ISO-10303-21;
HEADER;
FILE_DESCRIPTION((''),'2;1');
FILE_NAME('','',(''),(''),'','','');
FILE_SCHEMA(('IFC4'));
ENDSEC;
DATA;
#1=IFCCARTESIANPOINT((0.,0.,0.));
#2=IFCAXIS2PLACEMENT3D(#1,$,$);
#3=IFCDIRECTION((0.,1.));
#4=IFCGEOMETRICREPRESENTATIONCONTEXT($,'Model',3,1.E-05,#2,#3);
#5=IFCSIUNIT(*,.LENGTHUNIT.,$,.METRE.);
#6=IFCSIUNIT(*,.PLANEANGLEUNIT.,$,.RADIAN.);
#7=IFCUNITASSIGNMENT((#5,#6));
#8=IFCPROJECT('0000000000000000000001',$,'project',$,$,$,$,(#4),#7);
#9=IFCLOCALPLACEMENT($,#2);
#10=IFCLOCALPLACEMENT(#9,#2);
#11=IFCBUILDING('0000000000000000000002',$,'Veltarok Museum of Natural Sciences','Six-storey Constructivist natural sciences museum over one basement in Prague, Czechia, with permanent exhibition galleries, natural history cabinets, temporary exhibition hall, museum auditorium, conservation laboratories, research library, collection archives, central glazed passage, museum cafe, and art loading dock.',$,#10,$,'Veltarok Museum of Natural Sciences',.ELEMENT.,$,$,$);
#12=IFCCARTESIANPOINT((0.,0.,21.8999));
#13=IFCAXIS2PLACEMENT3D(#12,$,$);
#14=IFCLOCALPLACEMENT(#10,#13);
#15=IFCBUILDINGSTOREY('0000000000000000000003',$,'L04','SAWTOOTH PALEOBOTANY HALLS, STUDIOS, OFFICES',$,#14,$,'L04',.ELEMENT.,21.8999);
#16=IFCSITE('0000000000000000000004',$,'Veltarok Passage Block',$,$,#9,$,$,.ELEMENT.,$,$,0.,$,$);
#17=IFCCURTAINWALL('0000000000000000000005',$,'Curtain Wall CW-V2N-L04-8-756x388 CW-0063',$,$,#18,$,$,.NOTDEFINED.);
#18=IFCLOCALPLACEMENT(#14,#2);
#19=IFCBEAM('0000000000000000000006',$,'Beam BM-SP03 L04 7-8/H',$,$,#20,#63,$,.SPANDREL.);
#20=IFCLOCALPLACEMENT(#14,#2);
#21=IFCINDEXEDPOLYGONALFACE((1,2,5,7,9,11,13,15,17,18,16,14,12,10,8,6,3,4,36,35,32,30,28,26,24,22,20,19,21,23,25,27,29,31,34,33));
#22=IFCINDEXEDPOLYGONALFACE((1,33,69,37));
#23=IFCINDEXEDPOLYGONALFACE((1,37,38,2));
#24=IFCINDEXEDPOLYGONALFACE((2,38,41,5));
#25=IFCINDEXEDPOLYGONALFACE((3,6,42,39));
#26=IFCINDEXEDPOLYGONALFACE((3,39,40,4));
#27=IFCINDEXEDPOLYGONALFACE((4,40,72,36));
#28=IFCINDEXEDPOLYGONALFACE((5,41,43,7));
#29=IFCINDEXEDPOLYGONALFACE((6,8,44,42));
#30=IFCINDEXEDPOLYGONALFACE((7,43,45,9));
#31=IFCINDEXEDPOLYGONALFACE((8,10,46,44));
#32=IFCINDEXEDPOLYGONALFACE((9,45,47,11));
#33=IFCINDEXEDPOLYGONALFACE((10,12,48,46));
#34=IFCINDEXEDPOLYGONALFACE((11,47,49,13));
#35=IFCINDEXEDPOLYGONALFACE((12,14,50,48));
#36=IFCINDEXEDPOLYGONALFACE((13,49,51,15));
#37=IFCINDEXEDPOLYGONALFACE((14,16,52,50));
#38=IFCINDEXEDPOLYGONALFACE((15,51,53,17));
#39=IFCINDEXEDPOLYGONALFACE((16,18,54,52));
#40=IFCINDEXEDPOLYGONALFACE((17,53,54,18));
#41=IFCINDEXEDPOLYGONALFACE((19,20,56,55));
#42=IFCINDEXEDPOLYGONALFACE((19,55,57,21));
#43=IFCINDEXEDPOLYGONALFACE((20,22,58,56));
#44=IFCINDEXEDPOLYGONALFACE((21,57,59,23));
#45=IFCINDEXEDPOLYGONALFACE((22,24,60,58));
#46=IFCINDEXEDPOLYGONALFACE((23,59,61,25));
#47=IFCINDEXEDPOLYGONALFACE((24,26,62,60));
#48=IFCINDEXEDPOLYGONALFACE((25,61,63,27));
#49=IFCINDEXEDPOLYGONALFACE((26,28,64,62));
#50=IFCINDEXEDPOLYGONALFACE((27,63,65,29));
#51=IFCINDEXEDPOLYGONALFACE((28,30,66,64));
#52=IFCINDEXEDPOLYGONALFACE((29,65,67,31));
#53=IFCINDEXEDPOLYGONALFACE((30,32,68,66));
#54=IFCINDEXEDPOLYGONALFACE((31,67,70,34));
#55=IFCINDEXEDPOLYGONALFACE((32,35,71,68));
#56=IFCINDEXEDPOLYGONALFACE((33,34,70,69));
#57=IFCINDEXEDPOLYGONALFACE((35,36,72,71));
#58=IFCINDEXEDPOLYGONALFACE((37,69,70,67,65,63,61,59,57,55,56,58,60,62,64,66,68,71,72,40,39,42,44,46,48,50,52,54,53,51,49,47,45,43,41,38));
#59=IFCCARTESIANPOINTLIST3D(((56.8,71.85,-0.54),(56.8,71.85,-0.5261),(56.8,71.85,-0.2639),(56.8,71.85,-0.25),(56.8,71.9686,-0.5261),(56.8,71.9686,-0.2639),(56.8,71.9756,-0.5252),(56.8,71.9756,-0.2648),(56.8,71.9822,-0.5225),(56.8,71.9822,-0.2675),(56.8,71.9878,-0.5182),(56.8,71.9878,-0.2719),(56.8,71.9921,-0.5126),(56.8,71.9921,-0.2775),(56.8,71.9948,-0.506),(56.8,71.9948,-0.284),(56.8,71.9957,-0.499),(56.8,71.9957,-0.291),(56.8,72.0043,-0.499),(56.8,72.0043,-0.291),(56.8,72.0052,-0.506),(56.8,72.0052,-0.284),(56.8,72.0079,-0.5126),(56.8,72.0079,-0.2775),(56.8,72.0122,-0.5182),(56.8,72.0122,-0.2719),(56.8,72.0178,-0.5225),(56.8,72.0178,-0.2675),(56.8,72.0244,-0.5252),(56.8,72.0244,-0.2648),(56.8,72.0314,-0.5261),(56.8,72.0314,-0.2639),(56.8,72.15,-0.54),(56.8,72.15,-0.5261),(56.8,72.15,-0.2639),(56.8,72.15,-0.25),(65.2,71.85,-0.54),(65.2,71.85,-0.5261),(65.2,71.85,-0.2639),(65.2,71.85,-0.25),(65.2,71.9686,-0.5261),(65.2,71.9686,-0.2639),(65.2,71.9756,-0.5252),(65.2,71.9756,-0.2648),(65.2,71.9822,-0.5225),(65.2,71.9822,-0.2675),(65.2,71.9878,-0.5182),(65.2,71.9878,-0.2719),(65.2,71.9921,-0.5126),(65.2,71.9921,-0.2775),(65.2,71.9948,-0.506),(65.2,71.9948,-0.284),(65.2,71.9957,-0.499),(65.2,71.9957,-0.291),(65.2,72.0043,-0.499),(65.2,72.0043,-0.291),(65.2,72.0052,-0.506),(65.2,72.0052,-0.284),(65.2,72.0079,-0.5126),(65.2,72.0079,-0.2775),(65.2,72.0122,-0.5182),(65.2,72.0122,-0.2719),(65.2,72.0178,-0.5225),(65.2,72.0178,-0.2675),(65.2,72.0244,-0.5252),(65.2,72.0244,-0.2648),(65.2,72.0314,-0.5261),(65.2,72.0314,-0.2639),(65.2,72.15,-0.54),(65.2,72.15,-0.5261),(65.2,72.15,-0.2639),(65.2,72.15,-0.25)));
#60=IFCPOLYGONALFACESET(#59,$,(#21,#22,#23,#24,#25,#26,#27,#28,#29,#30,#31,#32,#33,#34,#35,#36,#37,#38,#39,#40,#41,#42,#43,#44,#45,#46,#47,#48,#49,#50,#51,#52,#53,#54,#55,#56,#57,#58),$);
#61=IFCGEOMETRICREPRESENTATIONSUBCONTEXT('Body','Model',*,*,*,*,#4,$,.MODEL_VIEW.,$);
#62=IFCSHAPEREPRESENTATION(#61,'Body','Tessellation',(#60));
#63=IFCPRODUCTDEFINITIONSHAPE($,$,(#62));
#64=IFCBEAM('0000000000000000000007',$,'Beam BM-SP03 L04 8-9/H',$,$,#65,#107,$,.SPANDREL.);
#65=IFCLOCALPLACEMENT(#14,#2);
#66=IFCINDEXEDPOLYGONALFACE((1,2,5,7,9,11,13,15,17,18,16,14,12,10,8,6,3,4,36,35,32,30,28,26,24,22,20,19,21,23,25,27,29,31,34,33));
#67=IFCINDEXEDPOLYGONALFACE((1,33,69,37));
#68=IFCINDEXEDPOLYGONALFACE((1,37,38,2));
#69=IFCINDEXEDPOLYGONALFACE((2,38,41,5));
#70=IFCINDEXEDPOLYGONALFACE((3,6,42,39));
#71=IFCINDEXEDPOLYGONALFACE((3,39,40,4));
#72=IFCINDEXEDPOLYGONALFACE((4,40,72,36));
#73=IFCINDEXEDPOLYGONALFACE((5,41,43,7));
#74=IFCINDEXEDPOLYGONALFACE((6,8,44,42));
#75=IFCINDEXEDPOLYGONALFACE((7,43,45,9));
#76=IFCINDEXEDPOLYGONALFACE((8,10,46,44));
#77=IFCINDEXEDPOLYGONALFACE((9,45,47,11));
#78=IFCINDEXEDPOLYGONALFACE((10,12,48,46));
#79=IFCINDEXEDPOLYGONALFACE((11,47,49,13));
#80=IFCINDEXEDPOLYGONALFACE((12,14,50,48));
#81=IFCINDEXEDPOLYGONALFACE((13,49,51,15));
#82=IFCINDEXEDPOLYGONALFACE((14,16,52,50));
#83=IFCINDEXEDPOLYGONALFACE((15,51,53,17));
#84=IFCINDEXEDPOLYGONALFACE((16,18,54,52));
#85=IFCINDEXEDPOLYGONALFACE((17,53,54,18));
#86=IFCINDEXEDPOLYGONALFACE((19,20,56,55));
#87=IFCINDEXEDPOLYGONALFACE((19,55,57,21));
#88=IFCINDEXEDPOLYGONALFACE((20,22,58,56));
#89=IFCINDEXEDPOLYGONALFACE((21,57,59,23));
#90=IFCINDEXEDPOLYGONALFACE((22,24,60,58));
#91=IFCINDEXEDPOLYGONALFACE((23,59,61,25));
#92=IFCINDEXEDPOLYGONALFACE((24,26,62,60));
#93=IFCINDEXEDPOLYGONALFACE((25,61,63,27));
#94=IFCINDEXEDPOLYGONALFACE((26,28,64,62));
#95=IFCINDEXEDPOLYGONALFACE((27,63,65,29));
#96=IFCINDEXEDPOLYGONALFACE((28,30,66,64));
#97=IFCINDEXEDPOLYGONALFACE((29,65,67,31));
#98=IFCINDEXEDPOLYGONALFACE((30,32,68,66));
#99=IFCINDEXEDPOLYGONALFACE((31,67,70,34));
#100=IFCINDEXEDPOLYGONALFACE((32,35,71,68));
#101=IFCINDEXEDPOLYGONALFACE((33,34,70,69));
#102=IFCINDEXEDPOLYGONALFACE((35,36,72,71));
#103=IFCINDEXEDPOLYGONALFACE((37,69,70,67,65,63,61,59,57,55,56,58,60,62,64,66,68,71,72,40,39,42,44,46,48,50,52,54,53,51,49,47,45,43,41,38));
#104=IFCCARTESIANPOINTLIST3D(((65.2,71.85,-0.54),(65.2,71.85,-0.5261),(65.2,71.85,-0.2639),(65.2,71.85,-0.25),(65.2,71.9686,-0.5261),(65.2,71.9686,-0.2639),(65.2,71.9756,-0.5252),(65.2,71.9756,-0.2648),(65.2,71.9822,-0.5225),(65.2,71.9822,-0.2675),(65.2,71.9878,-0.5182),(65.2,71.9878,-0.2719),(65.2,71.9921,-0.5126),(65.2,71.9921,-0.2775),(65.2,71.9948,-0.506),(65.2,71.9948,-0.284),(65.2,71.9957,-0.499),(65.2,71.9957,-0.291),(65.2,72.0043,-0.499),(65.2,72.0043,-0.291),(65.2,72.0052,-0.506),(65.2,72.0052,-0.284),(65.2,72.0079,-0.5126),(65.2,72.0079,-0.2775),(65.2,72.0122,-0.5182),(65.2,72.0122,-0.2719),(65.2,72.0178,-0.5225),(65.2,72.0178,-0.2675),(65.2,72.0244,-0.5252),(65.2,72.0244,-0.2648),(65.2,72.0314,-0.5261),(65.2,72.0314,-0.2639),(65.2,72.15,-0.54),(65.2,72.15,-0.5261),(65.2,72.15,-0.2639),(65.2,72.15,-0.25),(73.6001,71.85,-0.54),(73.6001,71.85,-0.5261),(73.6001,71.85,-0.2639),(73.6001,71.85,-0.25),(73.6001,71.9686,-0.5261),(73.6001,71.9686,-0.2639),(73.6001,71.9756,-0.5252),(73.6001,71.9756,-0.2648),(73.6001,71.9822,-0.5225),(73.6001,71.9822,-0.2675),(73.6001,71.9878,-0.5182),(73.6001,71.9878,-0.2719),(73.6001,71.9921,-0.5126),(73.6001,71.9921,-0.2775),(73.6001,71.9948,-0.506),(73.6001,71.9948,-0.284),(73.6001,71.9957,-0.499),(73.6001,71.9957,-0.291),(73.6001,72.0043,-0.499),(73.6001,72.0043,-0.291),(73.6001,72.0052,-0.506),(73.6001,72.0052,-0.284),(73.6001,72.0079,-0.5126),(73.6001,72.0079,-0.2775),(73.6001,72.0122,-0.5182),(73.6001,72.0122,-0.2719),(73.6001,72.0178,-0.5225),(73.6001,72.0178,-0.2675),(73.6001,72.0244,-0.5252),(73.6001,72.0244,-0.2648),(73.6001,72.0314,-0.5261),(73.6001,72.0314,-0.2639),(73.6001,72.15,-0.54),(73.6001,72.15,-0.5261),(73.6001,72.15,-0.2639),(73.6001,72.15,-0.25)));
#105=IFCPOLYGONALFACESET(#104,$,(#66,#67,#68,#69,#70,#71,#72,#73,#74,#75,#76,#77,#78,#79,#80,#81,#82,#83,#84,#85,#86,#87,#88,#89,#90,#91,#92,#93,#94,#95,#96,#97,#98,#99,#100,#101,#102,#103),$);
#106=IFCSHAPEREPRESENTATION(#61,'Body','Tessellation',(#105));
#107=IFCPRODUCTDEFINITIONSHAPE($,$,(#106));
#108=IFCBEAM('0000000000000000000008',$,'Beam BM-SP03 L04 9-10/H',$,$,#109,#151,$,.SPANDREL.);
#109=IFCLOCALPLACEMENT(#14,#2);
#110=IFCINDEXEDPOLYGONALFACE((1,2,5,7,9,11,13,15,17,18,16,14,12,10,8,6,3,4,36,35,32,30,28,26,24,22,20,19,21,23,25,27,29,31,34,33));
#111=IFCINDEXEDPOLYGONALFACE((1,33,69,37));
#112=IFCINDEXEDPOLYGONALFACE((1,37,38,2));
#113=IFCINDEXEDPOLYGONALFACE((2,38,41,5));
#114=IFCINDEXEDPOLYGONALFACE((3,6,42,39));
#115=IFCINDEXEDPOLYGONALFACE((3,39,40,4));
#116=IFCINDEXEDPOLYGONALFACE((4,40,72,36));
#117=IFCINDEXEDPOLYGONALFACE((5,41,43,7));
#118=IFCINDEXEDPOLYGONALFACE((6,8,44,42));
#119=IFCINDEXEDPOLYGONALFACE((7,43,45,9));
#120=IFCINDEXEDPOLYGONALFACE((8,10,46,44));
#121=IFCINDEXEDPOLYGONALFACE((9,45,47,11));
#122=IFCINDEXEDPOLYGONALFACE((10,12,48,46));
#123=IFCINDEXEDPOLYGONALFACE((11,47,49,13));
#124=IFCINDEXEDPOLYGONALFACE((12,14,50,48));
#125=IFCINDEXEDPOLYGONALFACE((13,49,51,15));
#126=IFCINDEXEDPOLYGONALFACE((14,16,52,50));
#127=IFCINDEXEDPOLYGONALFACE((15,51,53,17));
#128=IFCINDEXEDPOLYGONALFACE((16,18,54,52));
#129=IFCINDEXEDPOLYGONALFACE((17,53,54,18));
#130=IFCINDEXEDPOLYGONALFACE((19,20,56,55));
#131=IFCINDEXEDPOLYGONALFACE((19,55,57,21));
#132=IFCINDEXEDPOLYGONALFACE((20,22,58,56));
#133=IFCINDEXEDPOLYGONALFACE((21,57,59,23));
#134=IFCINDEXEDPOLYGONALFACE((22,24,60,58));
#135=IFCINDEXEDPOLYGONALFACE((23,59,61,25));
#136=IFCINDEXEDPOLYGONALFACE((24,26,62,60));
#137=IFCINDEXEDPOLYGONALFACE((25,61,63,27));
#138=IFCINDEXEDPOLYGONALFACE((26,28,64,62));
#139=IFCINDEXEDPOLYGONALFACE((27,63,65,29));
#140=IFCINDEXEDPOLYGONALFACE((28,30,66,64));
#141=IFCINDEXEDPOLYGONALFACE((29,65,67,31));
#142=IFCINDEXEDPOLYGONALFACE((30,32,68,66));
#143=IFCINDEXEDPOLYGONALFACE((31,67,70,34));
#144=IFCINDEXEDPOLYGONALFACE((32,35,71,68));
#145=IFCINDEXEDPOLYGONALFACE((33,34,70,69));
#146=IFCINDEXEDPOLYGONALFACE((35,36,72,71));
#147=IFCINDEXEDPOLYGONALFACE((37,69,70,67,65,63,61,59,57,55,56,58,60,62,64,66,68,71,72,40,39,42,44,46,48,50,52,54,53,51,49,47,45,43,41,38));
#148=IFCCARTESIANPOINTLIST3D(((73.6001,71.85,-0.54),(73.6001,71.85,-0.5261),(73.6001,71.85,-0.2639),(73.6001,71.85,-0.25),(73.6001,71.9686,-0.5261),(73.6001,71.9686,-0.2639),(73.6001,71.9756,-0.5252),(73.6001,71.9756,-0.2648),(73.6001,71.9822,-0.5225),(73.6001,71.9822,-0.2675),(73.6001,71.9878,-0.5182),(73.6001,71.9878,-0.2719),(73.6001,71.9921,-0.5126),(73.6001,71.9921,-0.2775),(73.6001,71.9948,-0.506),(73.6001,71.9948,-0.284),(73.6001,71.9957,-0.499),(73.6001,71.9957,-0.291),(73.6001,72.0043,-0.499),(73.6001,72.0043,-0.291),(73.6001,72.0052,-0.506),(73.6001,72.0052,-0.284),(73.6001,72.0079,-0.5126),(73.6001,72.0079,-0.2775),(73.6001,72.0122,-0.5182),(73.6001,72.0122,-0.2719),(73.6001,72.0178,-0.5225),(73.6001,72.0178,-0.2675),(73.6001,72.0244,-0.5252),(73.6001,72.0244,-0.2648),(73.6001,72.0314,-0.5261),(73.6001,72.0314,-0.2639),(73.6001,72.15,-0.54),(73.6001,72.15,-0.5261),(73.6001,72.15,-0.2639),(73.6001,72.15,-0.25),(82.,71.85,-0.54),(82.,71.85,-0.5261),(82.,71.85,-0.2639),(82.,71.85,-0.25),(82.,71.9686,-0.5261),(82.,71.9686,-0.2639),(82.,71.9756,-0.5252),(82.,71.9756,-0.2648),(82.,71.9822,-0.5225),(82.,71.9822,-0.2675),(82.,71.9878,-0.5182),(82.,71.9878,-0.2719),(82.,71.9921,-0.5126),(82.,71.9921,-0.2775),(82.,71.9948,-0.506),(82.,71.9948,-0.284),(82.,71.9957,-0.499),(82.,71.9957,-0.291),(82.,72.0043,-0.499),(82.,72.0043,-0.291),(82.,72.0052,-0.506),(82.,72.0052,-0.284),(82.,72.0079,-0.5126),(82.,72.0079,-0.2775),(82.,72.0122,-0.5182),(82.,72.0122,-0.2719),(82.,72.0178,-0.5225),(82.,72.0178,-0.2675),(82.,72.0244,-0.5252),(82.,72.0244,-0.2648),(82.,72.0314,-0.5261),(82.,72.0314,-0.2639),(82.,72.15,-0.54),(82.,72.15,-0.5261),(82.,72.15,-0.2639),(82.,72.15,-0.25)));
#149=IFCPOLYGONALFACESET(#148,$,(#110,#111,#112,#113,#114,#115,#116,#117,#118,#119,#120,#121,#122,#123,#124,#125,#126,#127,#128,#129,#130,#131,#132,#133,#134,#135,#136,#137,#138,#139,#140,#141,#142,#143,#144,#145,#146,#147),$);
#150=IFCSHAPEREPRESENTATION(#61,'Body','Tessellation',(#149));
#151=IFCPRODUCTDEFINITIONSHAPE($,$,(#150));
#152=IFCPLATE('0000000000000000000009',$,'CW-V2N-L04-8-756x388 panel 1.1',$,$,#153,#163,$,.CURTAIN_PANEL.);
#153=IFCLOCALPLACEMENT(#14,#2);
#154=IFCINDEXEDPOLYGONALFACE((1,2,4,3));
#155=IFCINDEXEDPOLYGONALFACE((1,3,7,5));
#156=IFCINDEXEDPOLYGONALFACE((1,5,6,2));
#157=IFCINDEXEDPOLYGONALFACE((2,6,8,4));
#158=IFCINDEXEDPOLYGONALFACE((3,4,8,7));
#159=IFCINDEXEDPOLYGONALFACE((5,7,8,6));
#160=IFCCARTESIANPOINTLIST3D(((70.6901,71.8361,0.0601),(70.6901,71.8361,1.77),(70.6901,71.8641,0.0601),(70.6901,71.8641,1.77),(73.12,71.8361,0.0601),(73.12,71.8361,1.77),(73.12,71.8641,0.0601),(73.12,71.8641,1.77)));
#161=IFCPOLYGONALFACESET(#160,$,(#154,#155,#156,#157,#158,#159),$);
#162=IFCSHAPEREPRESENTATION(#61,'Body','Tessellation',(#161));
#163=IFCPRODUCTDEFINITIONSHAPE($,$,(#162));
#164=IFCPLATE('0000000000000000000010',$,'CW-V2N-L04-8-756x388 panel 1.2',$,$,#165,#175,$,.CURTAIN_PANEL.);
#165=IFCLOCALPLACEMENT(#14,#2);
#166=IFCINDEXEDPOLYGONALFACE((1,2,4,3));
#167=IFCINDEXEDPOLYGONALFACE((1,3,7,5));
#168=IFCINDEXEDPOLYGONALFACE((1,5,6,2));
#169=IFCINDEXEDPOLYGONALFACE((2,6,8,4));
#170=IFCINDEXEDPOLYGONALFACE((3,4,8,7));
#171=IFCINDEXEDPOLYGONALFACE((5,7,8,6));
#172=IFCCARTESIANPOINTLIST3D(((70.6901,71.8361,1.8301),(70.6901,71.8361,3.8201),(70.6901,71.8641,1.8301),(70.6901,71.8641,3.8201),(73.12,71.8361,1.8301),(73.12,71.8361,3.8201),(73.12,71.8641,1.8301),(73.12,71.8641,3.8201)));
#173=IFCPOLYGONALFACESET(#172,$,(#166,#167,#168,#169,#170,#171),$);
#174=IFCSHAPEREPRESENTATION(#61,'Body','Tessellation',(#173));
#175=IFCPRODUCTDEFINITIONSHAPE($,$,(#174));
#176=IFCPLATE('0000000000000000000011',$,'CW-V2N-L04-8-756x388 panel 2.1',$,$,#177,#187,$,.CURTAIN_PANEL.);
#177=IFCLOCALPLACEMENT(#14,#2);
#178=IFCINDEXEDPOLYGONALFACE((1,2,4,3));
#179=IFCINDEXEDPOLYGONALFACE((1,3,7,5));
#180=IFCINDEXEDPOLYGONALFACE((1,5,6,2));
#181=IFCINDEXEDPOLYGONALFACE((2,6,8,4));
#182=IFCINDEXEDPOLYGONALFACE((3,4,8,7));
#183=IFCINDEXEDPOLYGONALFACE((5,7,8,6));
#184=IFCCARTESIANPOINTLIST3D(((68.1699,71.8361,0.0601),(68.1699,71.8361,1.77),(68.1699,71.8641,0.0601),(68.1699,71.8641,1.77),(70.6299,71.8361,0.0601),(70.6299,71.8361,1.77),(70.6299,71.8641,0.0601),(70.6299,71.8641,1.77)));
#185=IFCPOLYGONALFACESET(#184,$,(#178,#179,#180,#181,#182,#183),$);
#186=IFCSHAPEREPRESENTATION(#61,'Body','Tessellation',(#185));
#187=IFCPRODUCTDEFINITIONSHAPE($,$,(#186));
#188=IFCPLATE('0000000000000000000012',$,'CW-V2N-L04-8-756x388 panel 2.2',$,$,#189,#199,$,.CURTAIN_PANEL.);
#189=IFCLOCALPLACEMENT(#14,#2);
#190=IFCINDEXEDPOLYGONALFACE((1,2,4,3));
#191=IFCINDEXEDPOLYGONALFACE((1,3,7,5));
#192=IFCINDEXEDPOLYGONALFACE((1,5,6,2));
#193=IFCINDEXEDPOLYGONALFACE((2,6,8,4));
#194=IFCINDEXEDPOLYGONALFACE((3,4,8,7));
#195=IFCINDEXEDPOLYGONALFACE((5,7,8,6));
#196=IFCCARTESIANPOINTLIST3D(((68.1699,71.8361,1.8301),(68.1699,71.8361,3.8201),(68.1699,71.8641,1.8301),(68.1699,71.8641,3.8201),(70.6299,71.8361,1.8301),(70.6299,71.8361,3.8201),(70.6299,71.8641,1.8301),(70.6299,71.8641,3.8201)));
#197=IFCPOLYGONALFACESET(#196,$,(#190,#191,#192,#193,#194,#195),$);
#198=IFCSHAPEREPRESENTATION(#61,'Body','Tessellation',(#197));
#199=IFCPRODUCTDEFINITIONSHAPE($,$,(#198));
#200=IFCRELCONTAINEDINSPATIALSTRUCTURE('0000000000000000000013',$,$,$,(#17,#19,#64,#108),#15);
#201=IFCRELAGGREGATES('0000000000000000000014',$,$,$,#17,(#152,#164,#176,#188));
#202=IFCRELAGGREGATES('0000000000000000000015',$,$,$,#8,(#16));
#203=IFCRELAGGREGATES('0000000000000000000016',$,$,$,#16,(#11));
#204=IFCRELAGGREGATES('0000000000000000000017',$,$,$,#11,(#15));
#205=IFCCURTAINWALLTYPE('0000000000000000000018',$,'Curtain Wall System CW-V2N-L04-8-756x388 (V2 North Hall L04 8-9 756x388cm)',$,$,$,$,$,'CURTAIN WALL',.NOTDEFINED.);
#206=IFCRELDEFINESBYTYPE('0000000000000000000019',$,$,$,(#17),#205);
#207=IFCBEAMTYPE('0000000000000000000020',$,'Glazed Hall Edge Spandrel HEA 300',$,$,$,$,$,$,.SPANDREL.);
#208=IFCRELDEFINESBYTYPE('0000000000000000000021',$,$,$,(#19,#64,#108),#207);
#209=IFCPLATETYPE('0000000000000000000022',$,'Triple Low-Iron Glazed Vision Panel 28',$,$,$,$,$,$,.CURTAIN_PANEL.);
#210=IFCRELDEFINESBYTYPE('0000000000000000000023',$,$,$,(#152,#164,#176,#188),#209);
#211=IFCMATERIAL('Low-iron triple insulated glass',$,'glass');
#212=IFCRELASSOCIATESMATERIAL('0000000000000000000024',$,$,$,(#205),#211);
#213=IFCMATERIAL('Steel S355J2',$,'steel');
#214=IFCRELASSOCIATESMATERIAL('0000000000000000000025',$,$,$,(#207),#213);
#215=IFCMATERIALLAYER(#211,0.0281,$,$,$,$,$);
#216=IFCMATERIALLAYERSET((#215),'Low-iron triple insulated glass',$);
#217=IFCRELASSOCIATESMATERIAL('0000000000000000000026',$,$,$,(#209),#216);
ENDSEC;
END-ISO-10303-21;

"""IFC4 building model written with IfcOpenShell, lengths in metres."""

from ifc_helpers import new_model, si_unit, direction, frame, origin, origin_2d, place, context, subcontext, project, spatial, rectangle, i_section, extrude, material, layer, layer_set, material_profile, profile_set, type_object, element, aggregate, save


model = new_model("IFC4")

# Units and contexts
model_context = context("Model", 3, precision=1e-05, world=origin(), true_north=direction((0.0, 1.0)))
body_context = subcontext(model_context, "Body", "Model", "MODEL_VIEW")
ifc_project = project(units=[si_unit("LENGTHUNIT", "METRE"), si_unit("PLANEANGLEUNIT", "RADIAN")], contexts=[model_context])

# Site, building, storey
site_placement = place(None, origin())
site = spatial("IfcSite", under=ifc_project, at=site_placement, Name="Veltarok Passage Block", CompositionType="ELEMENT", RefElevation=0.0)
building_placement = place(site_placement, origin())
building = spatial("IfcBuilding", under=site, at=building_placement, Name="Veltarok Museum of Natural Sciences", Description="Six-storey Constructivist natural sciences museum over one basement in Prague, Czechia, with permanent exhibition galleries, natural history cabinets, temporary exhibition hall, museum auditorium, conservation laboratories, research library, collection archives, central glazed passage, museum cafe, and art loading dock.", LongName="Veltarok Museum of Natural Sciences", CompositionType="ELEMENT")
storey_placement = place(building_placement, frame((0.0, 0.0, 21.8999)))
storey = spatial("IfcBuildingStorey", under=building, at=storey_placement, Name="L04", Description="SAWTOOTH PALEOBOTANY HALLS, STUDIOS, OFFICES", LongName="L04", CompositionType="ELEMENT", Elevation=21.8999)

# Shared definitions
ifc_material_1 = material(Name="Steel S355J2", Category="steel")

# Curtain wall
ifc_material_2 = material(Name="Low-iron triple insulated glass", Category="glass")
curtain_wall_type_1 = type_object("IfcCurtainWallType", Name="Curtain Wall System CW-V2N-L04-8-756x388 (V2 North Hall L04 8-9 756x388cm)", ElementType="CURTAIN WALL", PredefinedType="NOTDEFINED", material=ifc_material_2)
curtain_wall_1_placement = place(storey_placement, origin())
curtain_wall_1 = element("IfcCurtainWall", 1, at=curtain_wall_1_placement, inside=storey, type_object=curtain_wall_type_1, Name="Curtain Wall CW-V2N-L04-8-756x388 CW-0063", PredefinedType="NOTDEFINED")

# Beams
ifc_material_profile_1 = material_profile(ifc_material_1, i_section(OverallWidth=0.3, OverallDepth=0.29, WebThickness=0.0085, FlangeThickness=0.0139, FilletRadius=0.0271, at=origin_2d()), Name="HEA 300")
ifc_profile_set_1 = profile_set([ifc_material_profile_1], Name="Steel S355J2")
beam_type = type_object("IfcBeamType", Name="Glazed Hall Edge Spandrel HEA 300", PredefinedType="SPANDREL", material=ifc_profile_set_1)
beam_1_placement = place(storey_placement, frame((56.8, 72.0, -0.395), z_axis=(1.0, 0.0, 0.0), x_axis=(0.0, 1.0, 0.0)))
element("IfcBeam", 2, at=beam_1_placement, inside=storey, type_object=beam_type, Name="Beam BM-SP03 L04 7-8/H", PredefinedType="SPANDREL", context=body_context, shape_type="SweptSolid", body=[
    extrude(i_section(OverallWidth=0.3, OverallDepth=0.29, WebThickness=0.0085, FlangeThickness=0.0139, FilletRadius=0.0271, at=origin_2d()), origin(), (0.0, 0.0, 1.0), 8.3999),
])
beam_2_placement = place(storey_placement, frame((65.2, 72.0, -0.395), z_axis=(1.0, 0.0, 0.0), x_axis=(0.0, 1.0, 0.0)))
element("IfcBeam", 3, at=beam_2_placement, inside=storey, type_object=beam_type, Name="Beam BM-SP03 L04 8-9/H", PredefinedType="SPANDREL", context=body_context, shape_type="SweptSolid", body=[
    extrude(i_section(OverallWidth=0.3, OverallDepth=0.29, WebThickness=0.0085, FlangeThickness=0.0139, FilletRadius=0.0271, at=origin_2d()), origin(), (0.0, 0.0, 1.0), 8.4001),
])
beam_3_placement = place(storey_placement, frame((73.6001, 72.0, -0.395), z_axis=(1.0, 0.0, 0.0), x_axis=(0.0, 1.0, 0.0)))
element("IfcBeam", 4, at=beam_3_placement, inside=storey, type_object=beam_type, Name="Beam BM-SP03 L04 9-10/H", PredefinedType="SPANDREL", context=body_context, shape_type="SweptSolid", body=[
    extrude(i_section(OverallWidth=0.3, OverallDepth=0.29, WebThickness=0.0085, FlangeThickness=0.0139, FilletRadius=0.0271, at=origin_2d()), origin(), (0.0, 0.0, 1.0), 8.3999),
])

# Plates
ifc_layer = layer(ifc_material_2, 0.0281)
ifc_layer_set = layer_set([ifc_layer], Name="Low-iron triple insulated glass")
plate_type = type_object("IfcPlateType", Name="Triple Low-Iron Glazed Vision Panel 28", PredefinedType="CURTAIN_PANEL", material=ifc_layer_set)
plate_1_placement = place(storey_placement, frame((71.905, 71.8501, 0.0601), z_axis=(0.0, 0.0, 1.0), x_axis=(-1.0, 0.0, 0.0)))
plate_1 = element("IfcPlate", 5, at=plate_1_placement, type_object=plate_type, Name="CW-V2N-L04-8-756x388 panel 1.1", PredefinedType="CURTAIN_PANEL", context=body_context, shape_type="SweptSolid", body=[
    extrude(rectangle(XDim=2.4299, YDim=0.0281, at=origin_2d()), origin(), (0.0, 0.0, 1.0), 1.71),
])
plate_2_placement = place(storey_placement, frame((71.905, 71.8501, 1.8301), z_axis=(0.0, 0.0, 1.0), x_axis=(-1.0, 0.0, 0.0)))
plate_2 = element("IfcPlate", 6, at=plate_2_placement, type_object=plate_type, Name="CW-V2N-L04-8-756x388 panel 1.2", PredefinedType="CURTAIN_PANEL", context=body_context, shape_type="SweptSolid", body=[
    extrude(rectangle(XDim=2.4299, YDim=0.0281, at=origin_2d()), origin(), (0.0, 0.0, 1.0), 1.99),
])
plate_3_placement = place(storey_placement, frame((69.3999, 71.8501, 0.0601), z_axis=(0.0, 0.0, 1.0), x_axis=(-1.0, 0.0, 0.0)))
plate_3 = element("IfcPlate", 7, at=plate_3_placement, type_object=plate_type, Name="CW-V2N-L04-8-756x388 panel 2.1", PredefinedType="CURTAIN_PANEL", context=body_context, shape_type="SweptSolid", body=[
    extrude(rectangle(XDim=2.46, YDim=0.0281, at=origin_2d()), origin(), (0.0, 0.0, 1.0), 1.71),
])
plate_4_placement = place(storey_placement, frame((69.3999, 71.8501, 1.8301), z_axis=(0.0, 0.0, 1.0), x_axis=(-1.0, 0.0, 0.0)))
plate_4 = element("IfcPlate", 8, at=plate_4_placement, type_object=plate_type, Name="CW-V2N-L04-8-756x388 panel 2.2", PredefinedType="CURTAIN_PANEL", context=body_context, shape_type="SweptSolid", body=[
    extrude(rectangle(XDim=2.46, YDim=0.0281, at=origin_2d()), origin(), (0.0, 0.0, 1.0), 1.99),
])
aggregate(curtain_wall_1, [plate_1, plate_2, plate_3, plate_4])

save(model, "model.ifc")
